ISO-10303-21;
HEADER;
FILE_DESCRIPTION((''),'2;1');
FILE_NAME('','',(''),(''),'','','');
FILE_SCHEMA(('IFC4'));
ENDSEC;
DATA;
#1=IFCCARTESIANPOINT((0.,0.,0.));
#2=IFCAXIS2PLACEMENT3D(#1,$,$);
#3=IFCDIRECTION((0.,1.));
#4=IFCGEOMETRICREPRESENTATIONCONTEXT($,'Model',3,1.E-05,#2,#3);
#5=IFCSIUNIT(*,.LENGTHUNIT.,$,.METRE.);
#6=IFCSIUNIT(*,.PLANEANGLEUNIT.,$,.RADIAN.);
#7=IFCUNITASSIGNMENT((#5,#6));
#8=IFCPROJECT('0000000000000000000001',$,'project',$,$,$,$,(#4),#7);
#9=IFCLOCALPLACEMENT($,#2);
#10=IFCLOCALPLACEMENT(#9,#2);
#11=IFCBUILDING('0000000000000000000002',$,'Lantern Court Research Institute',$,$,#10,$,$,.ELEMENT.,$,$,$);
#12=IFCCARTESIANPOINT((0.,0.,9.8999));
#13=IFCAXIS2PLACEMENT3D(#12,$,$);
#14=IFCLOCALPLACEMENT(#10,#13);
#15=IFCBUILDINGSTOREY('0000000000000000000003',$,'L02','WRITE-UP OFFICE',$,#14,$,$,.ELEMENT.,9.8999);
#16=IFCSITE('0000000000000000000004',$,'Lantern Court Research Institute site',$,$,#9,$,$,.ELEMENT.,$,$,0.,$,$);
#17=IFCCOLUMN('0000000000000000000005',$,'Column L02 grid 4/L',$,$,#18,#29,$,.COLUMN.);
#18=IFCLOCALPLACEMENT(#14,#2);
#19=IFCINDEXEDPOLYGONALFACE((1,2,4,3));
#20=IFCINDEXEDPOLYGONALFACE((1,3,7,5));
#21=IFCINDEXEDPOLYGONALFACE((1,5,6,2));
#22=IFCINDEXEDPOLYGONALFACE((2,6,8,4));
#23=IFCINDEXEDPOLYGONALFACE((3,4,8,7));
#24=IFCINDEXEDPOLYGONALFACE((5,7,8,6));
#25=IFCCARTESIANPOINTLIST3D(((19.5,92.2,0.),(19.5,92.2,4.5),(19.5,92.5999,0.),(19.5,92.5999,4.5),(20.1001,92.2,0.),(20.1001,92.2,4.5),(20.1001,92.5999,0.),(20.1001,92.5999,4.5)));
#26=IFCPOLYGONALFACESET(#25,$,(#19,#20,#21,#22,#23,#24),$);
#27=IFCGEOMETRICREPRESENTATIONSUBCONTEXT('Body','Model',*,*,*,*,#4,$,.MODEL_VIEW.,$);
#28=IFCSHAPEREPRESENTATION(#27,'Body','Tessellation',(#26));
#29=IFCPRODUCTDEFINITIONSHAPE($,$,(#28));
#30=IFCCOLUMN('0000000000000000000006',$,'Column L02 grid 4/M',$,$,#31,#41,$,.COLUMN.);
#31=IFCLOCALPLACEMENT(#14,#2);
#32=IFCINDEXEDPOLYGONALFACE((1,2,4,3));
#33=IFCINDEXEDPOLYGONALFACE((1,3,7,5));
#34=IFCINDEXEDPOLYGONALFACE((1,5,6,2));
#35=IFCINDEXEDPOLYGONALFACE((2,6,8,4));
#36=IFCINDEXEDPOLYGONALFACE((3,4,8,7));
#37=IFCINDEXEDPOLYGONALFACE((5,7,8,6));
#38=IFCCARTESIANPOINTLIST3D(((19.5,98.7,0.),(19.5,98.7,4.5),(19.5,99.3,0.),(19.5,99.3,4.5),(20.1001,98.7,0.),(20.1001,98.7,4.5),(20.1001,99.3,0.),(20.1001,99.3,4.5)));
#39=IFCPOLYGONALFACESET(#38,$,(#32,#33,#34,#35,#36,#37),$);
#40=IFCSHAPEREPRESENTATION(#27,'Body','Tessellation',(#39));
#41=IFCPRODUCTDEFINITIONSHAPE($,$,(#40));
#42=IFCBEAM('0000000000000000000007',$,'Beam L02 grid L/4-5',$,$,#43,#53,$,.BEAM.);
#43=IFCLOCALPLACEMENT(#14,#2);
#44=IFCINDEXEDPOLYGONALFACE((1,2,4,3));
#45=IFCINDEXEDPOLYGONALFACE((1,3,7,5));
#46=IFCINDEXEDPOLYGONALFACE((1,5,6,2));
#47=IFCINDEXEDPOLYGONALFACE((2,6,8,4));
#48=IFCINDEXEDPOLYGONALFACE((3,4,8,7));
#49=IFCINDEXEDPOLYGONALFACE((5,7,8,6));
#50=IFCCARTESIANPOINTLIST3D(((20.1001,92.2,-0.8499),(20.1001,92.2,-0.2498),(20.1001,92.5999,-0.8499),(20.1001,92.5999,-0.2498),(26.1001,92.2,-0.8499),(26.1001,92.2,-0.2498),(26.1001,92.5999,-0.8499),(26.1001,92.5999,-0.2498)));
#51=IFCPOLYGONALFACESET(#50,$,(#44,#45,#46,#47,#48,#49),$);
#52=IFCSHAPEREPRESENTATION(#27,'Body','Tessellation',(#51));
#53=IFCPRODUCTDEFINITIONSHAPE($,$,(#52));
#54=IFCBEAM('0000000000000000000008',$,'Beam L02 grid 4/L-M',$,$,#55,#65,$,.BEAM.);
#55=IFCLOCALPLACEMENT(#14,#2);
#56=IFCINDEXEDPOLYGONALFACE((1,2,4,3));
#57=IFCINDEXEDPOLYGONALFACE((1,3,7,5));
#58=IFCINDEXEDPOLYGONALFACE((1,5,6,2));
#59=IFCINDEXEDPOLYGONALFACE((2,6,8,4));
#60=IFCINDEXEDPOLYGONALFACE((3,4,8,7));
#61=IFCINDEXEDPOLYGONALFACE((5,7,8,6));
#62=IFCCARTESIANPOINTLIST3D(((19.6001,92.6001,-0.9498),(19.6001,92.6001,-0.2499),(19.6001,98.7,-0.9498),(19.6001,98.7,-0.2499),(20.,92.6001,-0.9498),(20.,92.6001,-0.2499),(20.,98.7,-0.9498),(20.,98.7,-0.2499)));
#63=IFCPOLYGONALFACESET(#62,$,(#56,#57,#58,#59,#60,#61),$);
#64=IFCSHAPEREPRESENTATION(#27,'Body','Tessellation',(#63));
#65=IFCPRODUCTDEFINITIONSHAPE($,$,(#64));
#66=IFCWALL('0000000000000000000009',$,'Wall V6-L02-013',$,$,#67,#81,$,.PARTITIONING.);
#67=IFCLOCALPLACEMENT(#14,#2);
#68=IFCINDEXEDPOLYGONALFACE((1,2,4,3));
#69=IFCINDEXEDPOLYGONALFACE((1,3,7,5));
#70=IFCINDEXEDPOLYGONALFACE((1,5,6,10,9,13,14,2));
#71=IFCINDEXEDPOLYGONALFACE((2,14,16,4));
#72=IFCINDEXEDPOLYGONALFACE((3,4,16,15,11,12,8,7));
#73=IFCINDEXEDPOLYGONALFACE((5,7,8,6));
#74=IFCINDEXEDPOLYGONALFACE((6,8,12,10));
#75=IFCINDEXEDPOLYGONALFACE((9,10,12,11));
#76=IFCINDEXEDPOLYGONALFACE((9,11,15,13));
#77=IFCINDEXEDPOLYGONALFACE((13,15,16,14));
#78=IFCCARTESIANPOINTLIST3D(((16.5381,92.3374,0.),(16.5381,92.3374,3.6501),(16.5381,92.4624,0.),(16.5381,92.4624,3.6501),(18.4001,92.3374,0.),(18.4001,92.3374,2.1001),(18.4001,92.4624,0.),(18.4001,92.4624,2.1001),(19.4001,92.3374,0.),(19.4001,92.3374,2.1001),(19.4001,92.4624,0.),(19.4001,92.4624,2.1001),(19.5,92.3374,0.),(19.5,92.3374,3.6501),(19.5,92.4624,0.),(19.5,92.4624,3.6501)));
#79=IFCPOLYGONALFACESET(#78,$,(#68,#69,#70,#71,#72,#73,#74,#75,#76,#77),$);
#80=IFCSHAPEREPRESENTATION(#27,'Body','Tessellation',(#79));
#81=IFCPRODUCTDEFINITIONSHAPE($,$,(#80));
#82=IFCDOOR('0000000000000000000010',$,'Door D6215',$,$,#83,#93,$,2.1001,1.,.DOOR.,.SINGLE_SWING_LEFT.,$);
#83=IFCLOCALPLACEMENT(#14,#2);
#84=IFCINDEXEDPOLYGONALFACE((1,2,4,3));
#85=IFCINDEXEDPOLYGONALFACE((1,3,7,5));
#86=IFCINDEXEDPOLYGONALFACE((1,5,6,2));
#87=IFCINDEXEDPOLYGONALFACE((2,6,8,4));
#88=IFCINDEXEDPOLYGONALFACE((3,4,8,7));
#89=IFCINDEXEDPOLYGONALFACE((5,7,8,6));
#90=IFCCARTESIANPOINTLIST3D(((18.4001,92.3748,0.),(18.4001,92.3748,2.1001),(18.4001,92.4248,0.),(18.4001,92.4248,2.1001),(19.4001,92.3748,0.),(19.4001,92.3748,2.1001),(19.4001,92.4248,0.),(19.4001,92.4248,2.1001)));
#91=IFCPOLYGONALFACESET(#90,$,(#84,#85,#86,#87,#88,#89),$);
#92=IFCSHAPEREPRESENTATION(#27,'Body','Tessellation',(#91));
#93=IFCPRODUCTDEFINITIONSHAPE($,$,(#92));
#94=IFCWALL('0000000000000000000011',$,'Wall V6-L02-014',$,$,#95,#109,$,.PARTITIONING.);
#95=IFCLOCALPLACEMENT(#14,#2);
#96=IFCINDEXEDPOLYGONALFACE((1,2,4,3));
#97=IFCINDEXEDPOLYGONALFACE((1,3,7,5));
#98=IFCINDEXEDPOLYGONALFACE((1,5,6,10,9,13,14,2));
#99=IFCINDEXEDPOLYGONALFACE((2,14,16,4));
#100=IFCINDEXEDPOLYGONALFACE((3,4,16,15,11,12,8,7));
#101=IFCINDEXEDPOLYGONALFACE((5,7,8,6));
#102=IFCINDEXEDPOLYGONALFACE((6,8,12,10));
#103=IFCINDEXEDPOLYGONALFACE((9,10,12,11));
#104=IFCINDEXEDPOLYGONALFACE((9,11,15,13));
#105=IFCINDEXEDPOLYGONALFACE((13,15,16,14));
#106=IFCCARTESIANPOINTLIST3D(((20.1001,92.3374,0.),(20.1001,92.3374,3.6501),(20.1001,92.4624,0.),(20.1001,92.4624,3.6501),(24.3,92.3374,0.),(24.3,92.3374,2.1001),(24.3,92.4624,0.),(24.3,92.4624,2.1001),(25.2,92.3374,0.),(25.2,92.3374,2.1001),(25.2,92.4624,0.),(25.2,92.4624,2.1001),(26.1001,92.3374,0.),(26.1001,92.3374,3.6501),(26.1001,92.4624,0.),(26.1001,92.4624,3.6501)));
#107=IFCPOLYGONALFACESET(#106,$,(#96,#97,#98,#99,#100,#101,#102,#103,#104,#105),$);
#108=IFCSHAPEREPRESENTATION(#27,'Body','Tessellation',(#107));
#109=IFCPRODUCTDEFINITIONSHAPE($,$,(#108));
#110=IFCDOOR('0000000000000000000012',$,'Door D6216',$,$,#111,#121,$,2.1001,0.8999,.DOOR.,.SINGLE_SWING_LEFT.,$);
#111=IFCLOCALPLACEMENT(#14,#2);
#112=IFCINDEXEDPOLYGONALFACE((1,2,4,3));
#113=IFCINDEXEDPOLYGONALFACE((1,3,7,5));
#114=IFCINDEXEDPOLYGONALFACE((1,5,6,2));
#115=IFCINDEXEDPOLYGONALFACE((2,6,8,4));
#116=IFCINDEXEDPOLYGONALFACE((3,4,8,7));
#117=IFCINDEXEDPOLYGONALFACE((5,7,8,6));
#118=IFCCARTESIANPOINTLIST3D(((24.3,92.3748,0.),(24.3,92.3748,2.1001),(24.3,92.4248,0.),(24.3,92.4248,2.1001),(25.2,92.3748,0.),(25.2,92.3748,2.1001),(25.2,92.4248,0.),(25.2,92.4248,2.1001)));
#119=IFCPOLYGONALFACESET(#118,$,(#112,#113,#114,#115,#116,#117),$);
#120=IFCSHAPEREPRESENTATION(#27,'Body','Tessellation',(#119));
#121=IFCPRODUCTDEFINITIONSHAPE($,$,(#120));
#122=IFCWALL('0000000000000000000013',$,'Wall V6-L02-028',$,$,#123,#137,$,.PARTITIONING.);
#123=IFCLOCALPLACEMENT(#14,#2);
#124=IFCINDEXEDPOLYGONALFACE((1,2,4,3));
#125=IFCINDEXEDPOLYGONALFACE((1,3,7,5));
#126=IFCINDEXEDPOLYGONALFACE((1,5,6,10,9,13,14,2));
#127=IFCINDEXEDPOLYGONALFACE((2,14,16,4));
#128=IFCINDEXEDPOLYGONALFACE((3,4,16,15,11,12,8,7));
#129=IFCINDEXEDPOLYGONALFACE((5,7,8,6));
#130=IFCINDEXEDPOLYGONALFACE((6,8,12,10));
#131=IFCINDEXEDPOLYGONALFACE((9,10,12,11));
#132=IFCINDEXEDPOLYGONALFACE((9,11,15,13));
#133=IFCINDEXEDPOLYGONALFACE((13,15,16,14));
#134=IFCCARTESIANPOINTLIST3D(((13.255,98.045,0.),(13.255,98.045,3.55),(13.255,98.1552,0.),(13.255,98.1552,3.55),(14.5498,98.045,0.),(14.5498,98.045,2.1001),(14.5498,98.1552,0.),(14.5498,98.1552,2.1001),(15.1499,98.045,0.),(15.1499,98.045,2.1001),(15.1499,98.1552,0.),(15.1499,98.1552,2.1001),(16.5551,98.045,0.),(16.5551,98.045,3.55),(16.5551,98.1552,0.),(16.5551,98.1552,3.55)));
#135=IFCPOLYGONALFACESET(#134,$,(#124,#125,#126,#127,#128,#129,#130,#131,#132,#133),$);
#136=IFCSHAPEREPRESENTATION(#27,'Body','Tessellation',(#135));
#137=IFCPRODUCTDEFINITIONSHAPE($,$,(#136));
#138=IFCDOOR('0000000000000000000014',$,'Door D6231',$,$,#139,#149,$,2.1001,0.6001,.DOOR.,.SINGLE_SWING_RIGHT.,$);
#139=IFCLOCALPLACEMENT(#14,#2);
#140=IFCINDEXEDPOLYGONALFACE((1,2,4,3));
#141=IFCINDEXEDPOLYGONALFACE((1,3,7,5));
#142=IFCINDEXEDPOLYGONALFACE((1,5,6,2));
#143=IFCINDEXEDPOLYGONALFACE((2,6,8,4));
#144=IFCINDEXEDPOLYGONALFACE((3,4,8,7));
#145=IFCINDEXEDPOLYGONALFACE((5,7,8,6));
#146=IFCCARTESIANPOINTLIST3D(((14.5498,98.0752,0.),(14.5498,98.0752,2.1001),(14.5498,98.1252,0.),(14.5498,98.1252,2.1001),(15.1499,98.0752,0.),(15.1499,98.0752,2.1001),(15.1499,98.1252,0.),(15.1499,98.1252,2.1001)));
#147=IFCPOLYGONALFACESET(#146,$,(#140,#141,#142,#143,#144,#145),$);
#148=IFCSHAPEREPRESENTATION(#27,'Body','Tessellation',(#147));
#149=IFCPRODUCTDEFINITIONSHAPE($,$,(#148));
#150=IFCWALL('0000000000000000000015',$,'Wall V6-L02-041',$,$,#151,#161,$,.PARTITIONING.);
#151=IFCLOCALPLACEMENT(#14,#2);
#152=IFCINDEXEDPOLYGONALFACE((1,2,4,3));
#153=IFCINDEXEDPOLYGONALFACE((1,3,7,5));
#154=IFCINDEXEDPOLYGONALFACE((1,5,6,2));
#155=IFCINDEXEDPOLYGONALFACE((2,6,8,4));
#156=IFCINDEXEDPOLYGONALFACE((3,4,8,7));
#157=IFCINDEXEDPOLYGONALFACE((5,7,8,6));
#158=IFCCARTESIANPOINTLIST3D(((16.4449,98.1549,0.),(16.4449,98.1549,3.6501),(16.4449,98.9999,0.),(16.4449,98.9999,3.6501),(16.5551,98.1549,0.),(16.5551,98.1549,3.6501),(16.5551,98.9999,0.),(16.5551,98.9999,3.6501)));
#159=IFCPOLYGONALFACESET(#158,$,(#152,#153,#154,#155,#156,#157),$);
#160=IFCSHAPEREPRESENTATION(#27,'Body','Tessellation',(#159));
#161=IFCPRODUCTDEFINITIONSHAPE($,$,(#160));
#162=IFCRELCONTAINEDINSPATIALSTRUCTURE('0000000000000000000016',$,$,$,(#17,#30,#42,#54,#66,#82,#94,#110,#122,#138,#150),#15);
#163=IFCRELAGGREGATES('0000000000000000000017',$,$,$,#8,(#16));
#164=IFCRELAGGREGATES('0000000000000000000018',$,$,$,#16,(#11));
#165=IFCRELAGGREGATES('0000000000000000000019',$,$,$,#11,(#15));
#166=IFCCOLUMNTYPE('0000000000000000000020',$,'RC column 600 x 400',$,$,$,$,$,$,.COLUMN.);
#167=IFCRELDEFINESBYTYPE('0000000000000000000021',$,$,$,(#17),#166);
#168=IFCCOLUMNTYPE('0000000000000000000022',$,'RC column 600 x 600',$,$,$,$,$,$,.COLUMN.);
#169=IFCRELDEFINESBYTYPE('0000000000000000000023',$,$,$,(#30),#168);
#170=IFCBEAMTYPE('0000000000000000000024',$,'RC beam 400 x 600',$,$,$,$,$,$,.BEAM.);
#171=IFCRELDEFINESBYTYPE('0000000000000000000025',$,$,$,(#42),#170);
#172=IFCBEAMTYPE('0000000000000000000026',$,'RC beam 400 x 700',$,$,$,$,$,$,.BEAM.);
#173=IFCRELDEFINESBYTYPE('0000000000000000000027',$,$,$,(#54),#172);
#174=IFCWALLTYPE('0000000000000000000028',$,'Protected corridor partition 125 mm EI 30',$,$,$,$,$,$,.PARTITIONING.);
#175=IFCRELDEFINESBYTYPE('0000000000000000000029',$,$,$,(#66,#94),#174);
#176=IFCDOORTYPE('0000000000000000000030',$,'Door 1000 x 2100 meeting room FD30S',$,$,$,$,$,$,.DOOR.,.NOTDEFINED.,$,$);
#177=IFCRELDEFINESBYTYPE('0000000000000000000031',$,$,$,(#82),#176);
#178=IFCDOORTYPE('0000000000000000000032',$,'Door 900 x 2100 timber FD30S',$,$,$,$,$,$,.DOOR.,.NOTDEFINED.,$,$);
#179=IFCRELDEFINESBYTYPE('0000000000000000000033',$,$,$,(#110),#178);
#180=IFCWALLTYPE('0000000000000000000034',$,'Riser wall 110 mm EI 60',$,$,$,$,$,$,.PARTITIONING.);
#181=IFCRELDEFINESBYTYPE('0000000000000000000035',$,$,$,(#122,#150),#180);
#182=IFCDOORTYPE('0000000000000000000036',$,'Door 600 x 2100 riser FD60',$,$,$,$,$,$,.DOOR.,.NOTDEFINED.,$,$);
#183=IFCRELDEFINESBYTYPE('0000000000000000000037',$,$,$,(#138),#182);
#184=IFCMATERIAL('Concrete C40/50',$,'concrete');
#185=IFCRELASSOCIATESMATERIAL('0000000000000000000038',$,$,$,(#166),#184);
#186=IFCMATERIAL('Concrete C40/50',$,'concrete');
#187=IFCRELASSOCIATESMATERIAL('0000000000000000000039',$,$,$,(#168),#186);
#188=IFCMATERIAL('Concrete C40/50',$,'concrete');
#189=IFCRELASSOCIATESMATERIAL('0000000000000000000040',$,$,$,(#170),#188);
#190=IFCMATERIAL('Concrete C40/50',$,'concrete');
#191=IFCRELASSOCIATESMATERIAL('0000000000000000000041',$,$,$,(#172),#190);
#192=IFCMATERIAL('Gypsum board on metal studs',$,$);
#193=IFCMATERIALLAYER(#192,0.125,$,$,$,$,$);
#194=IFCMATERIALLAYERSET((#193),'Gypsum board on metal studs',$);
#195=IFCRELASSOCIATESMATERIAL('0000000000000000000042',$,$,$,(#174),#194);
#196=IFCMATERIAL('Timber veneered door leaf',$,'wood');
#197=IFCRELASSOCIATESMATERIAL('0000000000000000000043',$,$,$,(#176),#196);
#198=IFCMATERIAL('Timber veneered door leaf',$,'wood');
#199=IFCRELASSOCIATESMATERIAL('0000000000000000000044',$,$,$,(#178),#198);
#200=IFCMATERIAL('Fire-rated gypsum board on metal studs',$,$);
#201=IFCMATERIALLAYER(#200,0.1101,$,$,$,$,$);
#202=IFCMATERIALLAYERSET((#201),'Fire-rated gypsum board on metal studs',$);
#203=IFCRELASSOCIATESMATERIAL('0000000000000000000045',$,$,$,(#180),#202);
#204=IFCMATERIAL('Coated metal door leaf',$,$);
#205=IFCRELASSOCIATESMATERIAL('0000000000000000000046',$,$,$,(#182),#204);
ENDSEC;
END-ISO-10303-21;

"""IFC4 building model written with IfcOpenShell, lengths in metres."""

from ifc_helpers import new_model, si_unit, direction, frame, frame_2d, origin, origin_2d, place, context, subcontext, project, spatial, rectangle, extrude, material, layer, layer_set, material_profile, profile_set, type_object, element, fill, save


model = new_model("IFC4")

# Units and contexts
model_context = context("Model", 3, precision=1e-05, world=origin(), true_north=direction((0.0, 1.0)))
body_context = subcontext(model_context, "Body", "Model", "MODEL_VIEW")
ifc_project = project(units=[si_unit("LENGTHUNIT", "METRE"), si_unit("PLANEANGLEUNIT", "RADIAN")], contexts=[model_context])

# Site, building, storey
site_placement = place(None, origin())
site = spatial("IfcSite", under=ifc_project, at=site_placement, Name="Lantern Court Research Institute site", CompositionType="ELEMENT", RefElevation=0.0)
building_placement = place(site_placement, origin())
building = spatial("IfcBuilding", under=site, at=building_placement, Name="Lantern Court Research Institute", CompositionType="ELEMENT")
storey_placement = place(building_placement, frame((0.0, 0.0, 9.8999)))
storey = spatial("IfcBuildingStorey", under=building, at=storey_placement, Name="L02", Description="WRITE-UP OFFICE", CompositionType="ELEMENT", Elevation=9.8999)

# Columns
ifc_material_1 = material(Name="Concrete C40/50", Category="concrete")
ifc_material_profile_1 = material_profile(ifc_material_1, rectangle(XDim=0.6001, YDim=0.3999, at=origin_2d()), Name="RC column 600 x 400")
ifc_profile_set_1 = profile_set([ifc_material_profile_1], Name="Concrete C40/50")
column_type_1 = type_object("IfcColumnType", Name="RC column 600 x 400", PredefinedType="COLUMN", material=ifc_profile_set_1)
column_1_placement = place(storey_placement, frame((19.8, 92.3999, 0.0), z_axis=(0.0, 0.0, 1.0), x_axis=(1.0, 0.0, 0.0)))
element("IfcColumn", 1, at=column_1_placement, inside=storey, type_object=column_type_1, Name="Column L02 grid 4/L", PredefinedType="COLUMN", context=body_context, shape_type="SweptSolid", body=[
    extrude(rectangle(XDim=0.6001, YDim=0.3999, at=origin_2d()), origin(), (0.0, 0.0, 1.0), 4.5),
])
ifc_material_2 = material(Name="Concrete C40/50", Category="concrete")
ifc_material_profile_2 = material_profile(ifc_material_2, rectangle(XDim=0.6001, YDim=0.6001, at=origin_2d()), Name="RC column 600 x 600")
ifc_profile_set_2 = profile_set([ifc_material_profile_2], Name="Concrete C40/50")
column_type_2 = type_object("IfcColumnType", Name="RC column 600 x 600", PredefinedType="COLUMN", material=ifc_profile_set_2)
column_2_placement = place(storey_placement, frame((19.8, 99.0, 0.0), z_axis=(0.0, 0.0, 1.0), x_axis=(1.0, 0.0, 0.0)))
element("IfcColumn", 2, at=column_2_placement, inside=storey, type_object=column_type_2, Name="Column L02 grid 4/M", PredefinedType="COLUMN", context=body_context, shape_type="SweptSolid", body=[
    extrude(rectangle(XDim=0.6001, YDim=0.6001, at=origin_2d()), origin(), (0.0, 0.0, 1.0), 4.5),
])

# Beams
ifc_material_3 = material(Name="Concrete C40/50", Category="concrete")
ifc_material_profile_3 = material_profile(ifc_material_3, rectangle(XDim=0.3999, YDim=0.6001, at=origin_2d()), Name="RC beam 400 x 600")
ifc_profile_set_3 = profile_set([ifc_material_profile_3], Name="Concrete C40/50")
beam_type_1 = type_object("IfcBeamType", Name="RC beam 400 x 600", PredefinedType="BEAM", material=ifc_profile_set_3)
beam_1_placement = place(storey_placement, frame((20.1001, 92.3999, -0.5498), z_axis=(1.0, 0.0, 0.0), x_axis=(0.0, 1.0, 0.0)))
element("IfcBeam", 3, at=beam_1_placement, inside=storey, type_object=beam_type_1, Name="Beam L02 grid L/4-5", PredefinedType="BEAM", context=body_context, shape_type="SweptSolid", body=[
    extrude(rectangle(XDim=0.3999, YDim=0.6001, at=origin_2d()), origin(), (0.0, 0.0, 1.0), 6.0),
])
ifc_material_4 = material(Name="Concrete C40/50", Category="concrete")
ifc_material_profile_4 = material_profile(ifc_material_4, rectangle(XDim=0.3999, YDim=0.7, at=origin_2d()), Name="RC beam 400 x 700")
ifc_profile_set_4 = profile_set([ifc_material_profile_4], Name="Concrete C40/50")
beam_type_2 = type_object("IfcBeamType", Name="RC beam 400 x 700", PredefinedType="BEAM", material=ifc_profile_set_4)
beam_2_placement = place(storey_placement, frame((19.8, 92.6001, -0.5999), z_axis=(0.0, 1.0, 0.0), x_axis=(-1.0, 0.0, 0.0)))
element("IfcBeam", 4, at=beam_2_placement, inside=storey, type_object=beam_type_2, Name="Beam L02 grid 4/L-M", PredefinedType="BEAM", context=body_context, shape_type="SweptSolid", body=[
    extrude(rectangle(XDim=0.3999, YDim=0.7, at=origin_2d()), origin(), (0.0, 0.0, 1.0), 6.0999),
])

# Walls, openings, doors
ifc_material_5 = material(Name="Gypsum board on metal studs")
ifc_layer_1 = layer(ifc_material_5, 0.125)
ifc_layer_set_1 = layer_set([ifc_layer_1], Name="Gypsum board on metal studs")
wall_type_1 = type_object("IfcWallType", Name="Protected corridor partition 125 mm EI 30", PredefinedType="PARTITIONING", material=ifc_layer_set_1)
wall_1_placement = place(storey_placement, frame((16.5381, 92.3999, 0.0), z_axis=(0.0, 0.0, 1.0), x_axis=(1.0, 0.0, 0.0)))
wall_1 = element("IfcWall", 5, at=wall_1_placement, inside=storey, type_object=wall_type_1, Name="Wall V6-L02-013", PredefinedType="PARTITIONING", context=body_context, shape_type="SweptSolid", body=[
    extrude(rectangle(XDim=2.9619, YDim=0.125, at=frame_2d((1.481, 0.0))), origin(), (0.0, 0.0, 1.0), 3.6501),
])
opening_1_placement = place(wall_1_placement, frame((1.8621, 0.0, 0.0)))
opening_1 = element("IfcOpeningElement", 6, at=opening_1_placement, cuts=wall_1, PredefinedType="OPENING", context=body_context, shape_type="SweptSolid", body=[
    extrude(rectangle(XDim=1.0, YDim=2.1001, at=frame_2d((0.5, 1.05))), frame((0.0, 0.0725, 0.0), z_axis=(0.0, -1.0, 0.0), x_axis=(1.0, 0.0, 0.0)), (0.0, 0.0, 1.0), 0.145),
])
ifc_material_6 = material(Name="Timber veneered door leaf", Category="wood")
door_type_1 = type_object("IfcDoorType", Name="Door 1000 x 2100 meeting room FD30S", OperationType="NOTDEFINED", PredefinedType="DOOR", material=ifc_material_6)
door_1_placement = place(opening_1_placement, origin())
door_1 = element("IfcDoor", 7, at=door_1_placement, inside=storey, type_object=door_type_1, Name="Door D6215", OperationType="SINGLE_SWING_LEFT", OverallHeight=2.1001, OverallWidth=1.0, PredefinedType="DOOR", context=body_context, shape_type="SweptSolid", body=[
    extrude(rectangle(XDim=1.0, YDim=2.1001, at=frame_2d((0.5, 1.05))), frame((0.0, 0.0249, 0.0), z_axis=(0.0, -1.0, 0.0), x_axis=(1.0, 0.0, 0.0)), (0.0, 0.0, 1.0), 0.05),
])
fill(opening_1, door_1)
wall_2_placement = place(storey_placement, frame((20.1001, 92.3999, 0.0), z_axis=(0.0, 0.0, 1.0), x_axis=(1.0, 0.0, 0.0)))
wall_2 = element("IfcWall", 8, at=wall_2_placement, inside=storey, type_object=wall_type_1, Name="Wall V6-L02-014", PredefinedType="PARTITIONING", context=body_context, shape_type="SweptSolid", body=[
    extrude(rectangle(XDim=6.0, YDim=0.125, at=frame_2d((3.0, 0.0))), origin(), (0.0, 0.0, 1.0), 3.6501),
])
opening_2_placement = place(wall_2_placement, frame((4.2, 0.0, 0.0)))
opening_2 = element("IfcOpeningElement", 9, at=opening_2_placement, cuts=wall_2, PredefinedType="OPENING", context=body_context, shape_type="SweptSolid", body=[
    extrude(rectangle(XDim=0.8999, YDim=2.1001, at=frame_2d((0.45, 1.05))), frame((0.0, 0.0725, 0.0), z_axis=(0.0, -1.0, 0.0), x_axis=(1.0, 0.0, 0.0)), (0.0, 0.0, 1.0), 0.145),
])
ifc_material_7 = material(Name="Timber veneered door leaf", Category="wood")
door_type_2 = type_object("IfcDoorType", Name="Door 900 x 2100 timber FD30S", OperationType="NOTDEFINED", PredefinedType="DOOR", material=ifc_material_7)
door_2_placement = place(opening_2_placement, origin())
door_2 = element("IfcDoor", 10, at=door_2_placement, inside=storey, type_object=door_type_2, Name="Door D6216", OperationType="SINGLE_SWING_LEFT", OverallHeight=2.1001, OverallWidth=0.8999, PredefinedType="DOOR", context=body_context, shape_type="SweptSolid", body=[
    extrude(rectangle(XDim=0.8999, YDim=2.1001, at=frame_2d((0.45, 1.05))), frame((0.0, 0.0249, 0.0), z_axis=(0.0, -1.0, 0.0), x_axis=(1.0, 0.0, 0.0)), (0.0, 0.0, 1.0), 0.05),
])
fill(opening_2, door_2)
ifc_material_8 = material(Name="Fire-rated gypsum board on metal studs")
ifc_layer_2 = layer(ifc_material_8, 0.1101)
ifc_layer_set_2 = layer_set([ifc_layer_2], Name="Fire-rated gypsum board on metal studs")
wall_type_2 = type_object("IfcWallType", Name="Riser wall 110 mm EI 60", PredefinedType="PARTITIONING", material=ifc_layer_set_2)
wall_3_placement = place(storey_placement, frame((16.5549, 98.1001, 0.0), z_axis=(0.0, 0.0, 1.0), x_axis=(-1.0, 0.0, 0.0)))
wall_3 = element("IfcWall", 11, at=wall_3_placement, inside=storey, type_object=wall_type_2, Name="Wall V6-L02-028", PredefinedType="PARTITIONING", context=body_context, shape_type="SweptSolid", body=[
    extrude(rectangle(XDim=3.3, YDim=0.1101, at=frame_2d((1.6499, 0.0))), origin(), (0.0, 0.0, 1.0), 3.55),
])
opening_3_placement = place(wall_3_placement, frame((1.405, 0.0, 0.0)))
opening_3 = element("IfcOpeningElement", 12, at=opening_3_placement, cuts=wall_3, PredefinedType="OPENING", context=body_context, shape_type="SweptSolid", body=[
    extrude(rectangle(XDim=0.6001, YDim=2.1001, at=frame_2d((0.3, 1.05))), frame((0.0, 0.0649, 0.0), z_axis=(0.0, -1.0, 0.0), x_axis=(1.0, 0.0, 0.0)), (0.0, 0.0, 1.0), 0.1301),
])
ifc_material_9 = material(Name="Coated metal door leaf")
door_type_3 = type_object("IfcDoorType", Name="Door 600 x 2100 riser FD60", OperationType="NOTDEFINED", PredefinedType="DOOR", material=ifc_material_9)
door_3_placement = place(opening_3_placement, origin())
door_3 = element("IfcDoor", 13, at=door_3_placement, inside=storey, type_object=door_type_3, Name="Door D6231", OperationType="SINGLE_SWING_RIGHT", OverallHeight=2.1001, OverallWidth=0.6001, PredefinedType="DOOR", context=body_context, shape_type="SweptSolid", body=[
    extrude(rectangle(XDim=0.6001, YDim=2.1001, at=frame_2d((0.3, 1.05))), frame((0.0, 0.0249, 0.0), z_axis=(0.0, -1.0, 0.0), x_axis=(1.0, 0.0, 0.0)), (0.0, 0.0, 1.0), 0.05),
])
fill(opening_3, door_3)

# Wall
wall_4_placement = place(storey_placement, frame((16.5, 98.155, 0.0), z_axis=(0.0, 0.0, 1.0), x_axis=(0.0, 1.0, 0.0)))
element("IfcWall", 14, at=wall_4_placement, inside=storey, type_object=wall_type_2, Name="Wall V6-L02-041", PredefinedType="PARTITIONING", context=body_context, shape_type="SweptSolid", body=[
    extrude(rectangle(XDim=0.845, YDim=0.1101, at=frame_2d((0.4224, 0.0))), origin(), (0.0, 0.0, 1.0), 3.6501),
])

save(model, "model.ifc")
